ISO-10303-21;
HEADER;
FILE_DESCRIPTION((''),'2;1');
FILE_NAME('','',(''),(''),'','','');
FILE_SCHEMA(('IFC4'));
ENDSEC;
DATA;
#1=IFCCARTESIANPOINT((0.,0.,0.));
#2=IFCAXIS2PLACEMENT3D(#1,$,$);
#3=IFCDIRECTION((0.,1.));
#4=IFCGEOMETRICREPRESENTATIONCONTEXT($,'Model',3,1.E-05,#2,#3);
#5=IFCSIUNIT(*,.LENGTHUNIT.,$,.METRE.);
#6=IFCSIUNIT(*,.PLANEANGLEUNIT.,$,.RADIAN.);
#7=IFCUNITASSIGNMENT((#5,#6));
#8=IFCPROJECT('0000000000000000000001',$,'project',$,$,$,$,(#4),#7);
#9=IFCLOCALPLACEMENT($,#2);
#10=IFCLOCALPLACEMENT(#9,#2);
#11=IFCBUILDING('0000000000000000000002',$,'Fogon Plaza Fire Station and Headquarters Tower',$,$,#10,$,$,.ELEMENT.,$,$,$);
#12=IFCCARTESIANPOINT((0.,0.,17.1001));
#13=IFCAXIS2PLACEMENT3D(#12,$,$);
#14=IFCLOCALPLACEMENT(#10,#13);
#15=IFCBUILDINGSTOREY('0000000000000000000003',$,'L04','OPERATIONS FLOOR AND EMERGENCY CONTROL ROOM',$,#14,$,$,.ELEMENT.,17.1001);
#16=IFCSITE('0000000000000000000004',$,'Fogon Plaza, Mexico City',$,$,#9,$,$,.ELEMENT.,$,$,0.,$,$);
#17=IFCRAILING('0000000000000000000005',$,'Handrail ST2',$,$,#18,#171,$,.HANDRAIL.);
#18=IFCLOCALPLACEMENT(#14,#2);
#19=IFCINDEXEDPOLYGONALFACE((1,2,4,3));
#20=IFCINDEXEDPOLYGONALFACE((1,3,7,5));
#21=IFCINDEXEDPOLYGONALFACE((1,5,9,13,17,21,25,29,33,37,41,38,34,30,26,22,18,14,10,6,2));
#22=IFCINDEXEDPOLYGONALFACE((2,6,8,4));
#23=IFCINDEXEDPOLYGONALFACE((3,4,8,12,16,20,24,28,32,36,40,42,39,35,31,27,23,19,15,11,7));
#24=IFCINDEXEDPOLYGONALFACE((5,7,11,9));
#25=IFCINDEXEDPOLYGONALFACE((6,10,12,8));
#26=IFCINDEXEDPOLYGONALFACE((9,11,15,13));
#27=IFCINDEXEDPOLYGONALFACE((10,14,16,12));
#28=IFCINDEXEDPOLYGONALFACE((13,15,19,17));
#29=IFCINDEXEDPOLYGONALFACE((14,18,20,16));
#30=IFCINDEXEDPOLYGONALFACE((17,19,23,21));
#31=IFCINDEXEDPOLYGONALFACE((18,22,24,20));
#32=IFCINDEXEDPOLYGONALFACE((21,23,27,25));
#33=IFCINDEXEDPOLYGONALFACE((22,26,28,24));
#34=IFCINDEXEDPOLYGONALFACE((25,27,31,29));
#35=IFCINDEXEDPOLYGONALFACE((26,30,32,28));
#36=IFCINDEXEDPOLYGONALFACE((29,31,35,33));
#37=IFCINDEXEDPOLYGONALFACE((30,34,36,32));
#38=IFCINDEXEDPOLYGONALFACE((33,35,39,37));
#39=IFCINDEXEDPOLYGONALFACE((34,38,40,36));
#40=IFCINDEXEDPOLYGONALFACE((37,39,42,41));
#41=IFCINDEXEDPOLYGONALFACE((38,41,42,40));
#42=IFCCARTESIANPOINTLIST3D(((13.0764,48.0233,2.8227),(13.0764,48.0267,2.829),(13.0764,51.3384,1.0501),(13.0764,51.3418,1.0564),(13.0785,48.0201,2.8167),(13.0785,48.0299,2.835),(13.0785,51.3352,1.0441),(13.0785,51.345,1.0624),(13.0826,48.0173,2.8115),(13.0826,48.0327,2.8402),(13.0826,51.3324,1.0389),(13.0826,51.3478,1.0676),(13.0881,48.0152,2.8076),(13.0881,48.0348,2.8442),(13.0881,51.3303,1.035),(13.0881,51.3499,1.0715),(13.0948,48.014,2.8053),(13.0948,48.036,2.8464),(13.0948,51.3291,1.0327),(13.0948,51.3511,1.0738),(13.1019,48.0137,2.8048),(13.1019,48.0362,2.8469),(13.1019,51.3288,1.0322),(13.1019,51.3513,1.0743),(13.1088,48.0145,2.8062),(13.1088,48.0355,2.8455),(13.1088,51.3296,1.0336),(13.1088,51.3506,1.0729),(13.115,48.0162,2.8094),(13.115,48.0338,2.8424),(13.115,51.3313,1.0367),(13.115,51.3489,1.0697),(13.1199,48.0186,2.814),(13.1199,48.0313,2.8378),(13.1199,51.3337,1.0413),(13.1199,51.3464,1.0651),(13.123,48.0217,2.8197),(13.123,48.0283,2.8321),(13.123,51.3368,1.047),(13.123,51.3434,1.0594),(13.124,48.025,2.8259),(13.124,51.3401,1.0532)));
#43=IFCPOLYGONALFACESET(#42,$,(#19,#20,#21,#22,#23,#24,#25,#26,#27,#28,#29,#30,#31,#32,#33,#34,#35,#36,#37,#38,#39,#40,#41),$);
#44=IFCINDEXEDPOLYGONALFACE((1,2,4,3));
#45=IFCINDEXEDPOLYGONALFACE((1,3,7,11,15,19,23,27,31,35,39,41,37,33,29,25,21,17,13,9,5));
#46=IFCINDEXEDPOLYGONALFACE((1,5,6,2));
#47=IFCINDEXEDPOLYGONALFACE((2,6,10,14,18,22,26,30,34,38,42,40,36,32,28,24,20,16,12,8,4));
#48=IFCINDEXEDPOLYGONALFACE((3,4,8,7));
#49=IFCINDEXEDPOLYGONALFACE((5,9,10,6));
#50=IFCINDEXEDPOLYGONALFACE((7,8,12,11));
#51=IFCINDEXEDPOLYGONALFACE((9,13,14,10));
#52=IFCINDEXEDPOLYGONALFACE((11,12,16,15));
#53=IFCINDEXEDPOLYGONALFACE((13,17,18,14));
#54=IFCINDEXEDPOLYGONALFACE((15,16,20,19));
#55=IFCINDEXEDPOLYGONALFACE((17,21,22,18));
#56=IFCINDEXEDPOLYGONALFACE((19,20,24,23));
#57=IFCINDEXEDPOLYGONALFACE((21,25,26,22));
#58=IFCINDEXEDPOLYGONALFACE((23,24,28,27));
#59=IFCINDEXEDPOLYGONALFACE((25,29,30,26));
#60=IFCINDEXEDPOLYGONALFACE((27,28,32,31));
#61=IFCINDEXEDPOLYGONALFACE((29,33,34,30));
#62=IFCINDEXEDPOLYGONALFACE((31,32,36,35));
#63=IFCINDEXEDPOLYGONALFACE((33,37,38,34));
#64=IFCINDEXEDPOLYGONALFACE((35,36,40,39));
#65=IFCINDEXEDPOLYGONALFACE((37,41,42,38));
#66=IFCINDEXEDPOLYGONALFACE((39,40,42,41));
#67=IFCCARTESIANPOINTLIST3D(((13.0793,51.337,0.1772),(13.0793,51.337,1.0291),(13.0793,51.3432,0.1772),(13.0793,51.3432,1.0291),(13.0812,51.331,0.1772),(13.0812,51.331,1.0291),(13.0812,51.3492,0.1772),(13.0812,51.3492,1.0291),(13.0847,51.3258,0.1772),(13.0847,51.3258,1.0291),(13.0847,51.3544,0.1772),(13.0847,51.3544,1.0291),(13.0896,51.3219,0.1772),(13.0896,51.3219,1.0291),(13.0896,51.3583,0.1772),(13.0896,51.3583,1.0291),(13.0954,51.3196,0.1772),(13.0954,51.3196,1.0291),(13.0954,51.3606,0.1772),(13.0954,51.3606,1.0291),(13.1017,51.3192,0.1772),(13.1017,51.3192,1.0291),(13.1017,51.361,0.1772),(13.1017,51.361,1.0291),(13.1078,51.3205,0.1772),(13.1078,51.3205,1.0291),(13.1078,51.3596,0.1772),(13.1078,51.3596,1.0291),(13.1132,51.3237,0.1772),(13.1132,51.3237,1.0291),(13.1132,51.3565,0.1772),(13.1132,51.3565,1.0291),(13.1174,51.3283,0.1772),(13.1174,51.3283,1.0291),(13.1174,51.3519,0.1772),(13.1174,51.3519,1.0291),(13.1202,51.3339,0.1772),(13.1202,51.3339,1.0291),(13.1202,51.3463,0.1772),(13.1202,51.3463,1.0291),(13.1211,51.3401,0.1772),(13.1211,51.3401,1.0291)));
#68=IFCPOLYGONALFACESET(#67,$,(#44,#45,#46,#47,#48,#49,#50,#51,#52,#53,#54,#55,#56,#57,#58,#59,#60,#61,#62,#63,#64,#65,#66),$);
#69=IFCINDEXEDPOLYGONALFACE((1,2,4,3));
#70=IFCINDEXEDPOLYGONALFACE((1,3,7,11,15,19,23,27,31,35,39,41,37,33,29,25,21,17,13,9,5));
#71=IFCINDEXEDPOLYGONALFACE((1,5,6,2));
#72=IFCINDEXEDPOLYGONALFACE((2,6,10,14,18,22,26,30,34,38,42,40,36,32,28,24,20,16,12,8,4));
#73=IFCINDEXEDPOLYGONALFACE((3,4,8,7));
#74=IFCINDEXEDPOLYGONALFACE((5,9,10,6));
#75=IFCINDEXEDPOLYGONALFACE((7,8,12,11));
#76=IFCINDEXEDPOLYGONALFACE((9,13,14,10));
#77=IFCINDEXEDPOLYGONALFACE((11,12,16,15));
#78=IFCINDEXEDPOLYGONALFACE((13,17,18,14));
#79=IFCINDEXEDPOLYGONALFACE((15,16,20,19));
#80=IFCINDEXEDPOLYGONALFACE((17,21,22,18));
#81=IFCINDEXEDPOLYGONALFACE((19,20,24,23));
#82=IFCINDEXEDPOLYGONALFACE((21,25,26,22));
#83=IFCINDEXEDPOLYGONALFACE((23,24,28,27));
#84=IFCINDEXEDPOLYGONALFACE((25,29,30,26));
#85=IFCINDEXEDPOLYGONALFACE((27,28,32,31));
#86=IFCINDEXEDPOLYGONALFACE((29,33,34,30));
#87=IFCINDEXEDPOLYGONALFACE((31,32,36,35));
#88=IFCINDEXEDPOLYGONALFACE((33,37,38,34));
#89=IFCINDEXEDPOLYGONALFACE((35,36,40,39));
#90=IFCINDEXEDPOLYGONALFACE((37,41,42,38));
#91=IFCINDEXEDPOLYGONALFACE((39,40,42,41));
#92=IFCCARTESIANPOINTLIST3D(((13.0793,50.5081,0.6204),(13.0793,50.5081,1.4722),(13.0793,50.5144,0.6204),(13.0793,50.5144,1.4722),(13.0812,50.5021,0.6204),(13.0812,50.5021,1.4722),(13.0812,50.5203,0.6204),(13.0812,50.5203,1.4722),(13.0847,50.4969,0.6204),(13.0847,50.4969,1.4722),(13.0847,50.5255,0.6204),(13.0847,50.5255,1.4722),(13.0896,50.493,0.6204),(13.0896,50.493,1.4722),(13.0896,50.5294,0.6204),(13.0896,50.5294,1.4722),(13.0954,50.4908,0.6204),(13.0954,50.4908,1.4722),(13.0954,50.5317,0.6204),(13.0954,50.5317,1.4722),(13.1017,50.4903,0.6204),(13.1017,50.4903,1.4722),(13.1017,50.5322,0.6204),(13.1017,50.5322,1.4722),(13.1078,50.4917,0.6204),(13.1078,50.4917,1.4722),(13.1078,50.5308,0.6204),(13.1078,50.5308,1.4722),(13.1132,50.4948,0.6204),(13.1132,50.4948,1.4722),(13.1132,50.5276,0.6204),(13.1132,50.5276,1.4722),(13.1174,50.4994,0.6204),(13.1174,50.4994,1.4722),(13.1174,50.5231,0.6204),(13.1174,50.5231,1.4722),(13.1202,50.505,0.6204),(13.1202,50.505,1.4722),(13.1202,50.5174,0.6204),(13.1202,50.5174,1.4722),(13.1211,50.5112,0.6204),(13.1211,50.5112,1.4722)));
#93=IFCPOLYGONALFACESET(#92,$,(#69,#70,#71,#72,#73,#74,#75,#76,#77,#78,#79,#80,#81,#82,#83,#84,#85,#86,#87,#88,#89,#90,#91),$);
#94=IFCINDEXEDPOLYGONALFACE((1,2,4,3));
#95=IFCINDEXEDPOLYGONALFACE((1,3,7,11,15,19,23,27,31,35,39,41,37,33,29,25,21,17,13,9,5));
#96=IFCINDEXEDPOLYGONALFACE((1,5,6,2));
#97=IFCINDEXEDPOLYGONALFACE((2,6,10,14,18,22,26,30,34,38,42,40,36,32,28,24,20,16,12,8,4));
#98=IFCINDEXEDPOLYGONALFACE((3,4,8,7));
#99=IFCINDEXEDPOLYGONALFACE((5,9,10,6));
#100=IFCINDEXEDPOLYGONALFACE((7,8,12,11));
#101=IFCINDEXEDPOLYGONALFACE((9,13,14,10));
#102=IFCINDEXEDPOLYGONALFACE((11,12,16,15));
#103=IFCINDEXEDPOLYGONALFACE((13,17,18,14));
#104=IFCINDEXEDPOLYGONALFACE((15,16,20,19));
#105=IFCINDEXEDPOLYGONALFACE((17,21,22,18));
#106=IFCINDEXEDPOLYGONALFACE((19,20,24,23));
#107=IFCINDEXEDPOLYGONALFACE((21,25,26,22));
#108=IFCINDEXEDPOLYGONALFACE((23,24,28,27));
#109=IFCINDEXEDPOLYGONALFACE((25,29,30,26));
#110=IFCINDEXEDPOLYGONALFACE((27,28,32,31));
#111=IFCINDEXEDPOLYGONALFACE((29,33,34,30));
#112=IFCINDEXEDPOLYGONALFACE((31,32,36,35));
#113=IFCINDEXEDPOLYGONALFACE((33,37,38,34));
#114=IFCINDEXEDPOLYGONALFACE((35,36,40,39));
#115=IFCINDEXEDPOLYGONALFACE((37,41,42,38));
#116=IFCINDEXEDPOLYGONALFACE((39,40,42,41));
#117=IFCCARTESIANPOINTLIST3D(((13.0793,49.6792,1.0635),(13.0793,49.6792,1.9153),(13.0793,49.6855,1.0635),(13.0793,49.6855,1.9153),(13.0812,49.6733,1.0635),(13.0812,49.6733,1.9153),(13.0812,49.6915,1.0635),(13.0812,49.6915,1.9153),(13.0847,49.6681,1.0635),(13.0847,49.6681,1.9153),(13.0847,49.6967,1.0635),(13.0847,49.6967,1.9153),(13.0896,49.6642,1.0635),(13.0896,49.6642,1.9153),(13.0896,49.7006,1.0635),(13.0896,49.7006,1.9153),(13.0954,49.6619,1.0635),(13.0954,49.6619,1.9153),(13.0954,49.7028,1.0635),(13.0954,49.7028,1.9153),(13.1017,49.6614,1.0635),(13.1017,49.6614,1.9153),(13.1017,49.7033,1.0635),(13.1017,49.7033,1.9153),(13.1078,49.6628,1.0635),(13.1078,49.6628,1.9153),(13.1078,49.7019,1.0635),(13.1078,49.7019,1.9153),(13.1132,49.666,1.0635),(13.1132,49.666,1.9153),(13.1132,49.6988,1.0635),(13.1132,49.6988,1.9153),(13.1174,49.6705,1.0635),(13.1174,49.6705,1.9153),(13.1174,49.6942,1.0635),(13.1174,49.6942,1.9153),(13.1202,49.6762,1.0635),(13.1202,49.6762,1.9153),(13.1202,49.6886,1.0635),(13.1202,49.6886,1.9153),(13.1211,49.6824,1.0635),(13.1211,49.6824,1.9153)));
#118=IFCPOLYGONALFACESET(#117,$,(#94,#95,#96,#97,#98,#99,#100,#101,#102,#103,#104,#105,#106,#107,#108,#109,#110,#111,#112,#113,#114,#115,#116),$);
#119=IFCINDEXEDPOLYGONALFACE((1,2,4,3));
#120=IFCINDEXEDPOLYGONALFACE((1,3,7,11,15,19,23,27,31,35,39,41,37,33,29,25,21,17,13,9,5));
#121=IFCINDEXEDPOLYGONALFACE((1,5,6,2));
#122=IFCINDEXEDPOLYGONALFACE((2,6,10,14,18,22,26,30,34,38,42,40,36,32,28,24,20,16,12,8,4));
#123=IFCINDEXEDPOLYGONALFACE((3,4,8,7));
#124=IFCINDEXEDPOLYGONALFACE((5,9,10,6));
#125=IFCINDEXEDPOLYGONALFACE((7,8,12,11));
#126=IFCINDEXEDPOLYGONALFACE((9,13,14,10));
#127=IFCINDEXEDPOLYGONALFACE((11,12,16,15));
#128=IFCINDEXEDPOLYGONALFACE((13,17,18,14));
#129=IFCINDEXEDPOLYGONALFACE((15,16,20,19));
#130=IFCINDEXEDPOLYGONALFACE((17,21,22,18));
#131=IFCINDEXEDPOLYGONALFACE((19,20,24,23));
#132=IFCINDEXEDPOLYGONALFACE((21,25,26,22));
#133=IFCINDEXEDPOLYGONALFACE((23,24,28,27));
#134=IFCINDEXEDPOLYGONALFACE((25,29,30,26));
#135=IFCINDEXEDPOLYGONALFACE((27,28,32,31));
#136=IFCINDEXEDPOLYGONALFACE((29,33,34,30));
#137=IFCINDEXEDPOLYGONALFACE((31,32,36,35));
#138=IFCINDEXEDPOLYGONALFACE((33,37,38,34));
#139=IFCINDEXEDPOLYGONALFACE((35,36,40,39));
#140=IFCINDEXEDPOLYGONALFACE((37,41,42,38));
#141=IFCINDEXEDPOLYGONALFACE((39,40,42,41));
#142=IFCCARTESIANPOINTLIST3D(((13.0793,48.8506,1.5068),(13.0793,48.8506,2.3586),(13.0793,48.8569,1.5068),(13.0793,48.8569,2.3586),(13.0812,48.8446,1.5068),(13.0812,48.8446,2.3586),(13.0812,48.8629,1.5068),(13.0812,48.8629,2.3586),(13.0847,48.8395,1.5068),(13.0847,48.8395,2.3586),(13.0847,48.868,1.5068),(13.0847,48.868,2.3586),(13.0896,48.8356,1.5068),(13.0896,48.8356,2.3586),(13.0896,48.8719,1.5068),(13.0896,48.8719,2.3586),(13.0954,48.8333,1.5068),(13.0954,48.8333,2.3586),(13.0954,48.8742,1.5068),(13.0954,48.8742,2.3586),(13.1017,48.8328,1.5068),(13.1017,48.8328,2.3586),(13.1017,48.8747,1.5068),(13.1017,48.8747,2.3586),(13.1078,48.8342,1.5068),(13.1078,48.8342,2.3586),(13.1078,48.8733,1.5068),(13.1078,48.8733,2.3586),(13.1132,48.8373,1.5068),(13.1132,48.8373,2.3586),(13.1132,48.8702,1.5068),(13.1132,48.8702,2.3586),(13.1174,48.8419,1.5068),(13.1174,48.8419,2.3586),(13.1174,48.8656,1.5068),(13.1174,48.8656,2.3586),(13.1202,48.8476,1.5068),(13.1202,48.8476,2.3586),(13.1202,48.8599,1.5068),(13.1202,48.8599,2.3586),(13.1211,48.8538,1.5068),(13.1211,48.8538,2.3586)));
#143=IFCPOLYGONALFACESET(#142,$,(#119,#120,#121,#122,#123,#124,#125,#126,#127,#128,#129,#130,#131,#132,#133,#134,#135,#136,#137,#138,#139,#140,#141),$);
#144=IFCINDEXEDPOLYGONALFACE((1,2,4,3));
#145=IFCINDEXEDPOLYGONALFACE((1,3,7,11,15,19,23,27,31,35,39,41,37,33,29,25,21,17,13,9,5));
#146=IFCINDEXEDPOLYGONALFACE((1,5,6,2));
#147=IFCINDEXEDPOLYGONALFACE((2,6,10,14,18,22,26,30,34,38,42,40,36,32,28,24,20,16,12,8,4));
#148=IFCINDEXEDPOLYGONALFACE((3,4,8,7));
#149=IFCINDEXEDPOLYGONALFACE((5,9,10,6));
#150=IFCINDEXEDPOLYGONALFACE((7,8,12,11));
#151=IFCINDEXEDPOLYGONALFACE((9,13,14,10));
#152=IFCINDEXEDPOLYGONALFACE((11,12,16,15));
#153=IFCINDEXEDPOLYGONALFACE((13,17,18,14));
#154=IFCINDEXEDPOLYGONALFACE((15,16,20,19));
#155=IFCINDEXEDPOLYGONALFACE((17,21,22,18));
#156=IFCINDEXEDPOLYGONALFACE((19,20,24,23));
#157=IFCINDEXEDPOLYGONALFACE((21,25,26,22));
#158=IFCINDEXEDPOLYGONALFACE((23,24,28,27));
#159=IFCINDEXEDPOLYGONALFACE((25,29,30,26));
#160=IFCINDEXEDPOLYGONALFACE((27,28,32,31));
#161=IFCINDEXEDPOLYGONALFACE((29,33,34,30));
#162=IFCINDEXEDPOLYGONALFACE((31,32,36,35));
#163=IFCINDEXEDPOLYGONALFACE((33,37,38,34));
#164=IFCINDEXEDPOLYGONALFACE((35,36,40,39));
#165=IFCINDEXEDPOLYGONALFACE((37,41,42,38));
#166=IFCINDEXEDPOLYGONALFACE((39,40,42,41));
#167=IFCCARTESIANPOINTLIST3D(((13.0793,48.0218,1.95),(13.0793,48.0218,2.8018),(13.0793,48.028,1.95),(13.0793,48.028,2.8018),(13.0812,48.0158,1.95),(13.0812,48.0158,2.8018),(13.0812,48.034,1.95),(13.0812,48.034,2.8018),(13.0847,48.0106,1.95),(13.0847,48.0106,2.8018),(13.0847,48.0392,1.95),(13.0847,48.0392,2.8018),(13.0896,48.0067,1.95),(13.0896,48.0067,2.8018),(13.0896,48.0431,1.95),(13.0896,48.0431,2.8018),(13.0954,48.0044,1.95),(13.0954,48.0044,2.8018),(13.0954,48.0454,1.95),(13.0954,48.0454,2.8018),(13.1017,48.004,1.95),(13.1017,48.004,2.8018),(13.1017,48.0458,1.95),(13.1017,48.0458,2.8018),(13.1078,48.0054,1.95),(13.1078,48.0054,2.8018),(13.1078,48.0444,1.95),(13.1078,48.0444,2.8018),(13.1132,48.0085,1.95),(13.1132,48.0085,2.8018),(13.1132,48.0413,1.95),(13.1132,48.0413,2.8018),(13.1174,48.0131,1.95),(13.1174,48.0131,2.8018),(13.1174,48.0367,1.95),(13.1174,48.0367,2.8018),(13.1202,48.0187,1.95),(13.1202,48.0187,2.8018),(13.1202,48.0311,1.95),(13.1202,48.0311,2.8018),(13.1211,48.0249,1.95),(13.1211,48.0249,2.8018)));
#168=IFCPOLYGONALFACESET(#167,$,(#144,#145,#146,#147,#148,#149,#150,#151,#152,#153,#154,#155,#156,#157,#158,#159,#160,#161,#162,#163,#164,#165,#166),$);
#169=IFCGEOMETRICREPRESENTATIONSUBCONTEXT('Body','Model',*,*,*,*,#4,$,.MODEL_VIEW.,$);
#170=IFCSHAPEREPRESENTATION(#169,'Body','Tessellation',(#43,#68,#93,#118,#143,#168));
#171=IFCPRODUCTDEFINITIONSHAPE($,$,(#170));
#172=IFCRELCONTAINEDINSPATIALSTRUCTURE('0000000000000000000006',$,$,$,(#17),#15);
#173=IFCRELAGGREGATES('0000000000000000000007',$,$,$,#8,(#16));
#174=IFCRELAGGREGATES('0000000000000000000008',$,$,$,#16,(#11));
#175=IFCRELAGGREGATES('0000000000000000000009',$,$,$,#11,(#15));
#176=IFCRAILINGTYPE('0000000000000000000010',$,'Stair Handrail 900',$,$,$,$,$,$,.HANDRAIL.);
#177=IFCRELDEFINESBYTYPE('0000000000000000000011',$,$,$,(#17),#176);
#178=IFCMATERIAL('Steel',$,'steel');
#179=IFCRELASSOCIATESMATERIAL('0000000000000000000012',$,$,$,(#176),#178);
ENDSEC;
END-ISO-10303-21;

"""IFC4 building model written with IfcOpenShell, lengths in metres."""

from ifc_helpers import new_model, si_unit, direction, frame, origin, origin_2d, place, context, subcontext, project, spatial, circle, extrude, material, type_object, element, save


model = new_model("IFC4")

# Units and contexts
model_context = context("Model", 3, precision=1e-05, world=origin(), true_north=direction((0.0, 1.0)))
body_context = subcontext(model_context, "Body", "Model", "MODEL_VIEW")
ifc_project = project(units=[si_unit("LENGTHUNIT", "METRE"), si_unit("PLANEANGLEUNIT", "RADIAN")], contexts=[model_context])

# Site, building, storey
site_placement = place(None, origin())
site = spatial("IfcSite", under=ifc_project, at=site_placement, Name="Fogon Plaza, Mexico City", CompositionType="ELEMENT", RefElevation=0.0)
building_placement = place(site_placement, origin())
building = spatial("IfcBuilding", under=site, at=building_placement, Name="Fogon Plaza Fire Station and Headquarters Tower", CompositionType="ELEMENT")
storey_placement = place(building_placement, frame((0.0, 0.0, 17.1001)))
storey = spatial("IfcBuildingStorey", under=building, at=storey_placement, Name="L04", Description="OPERATIONS FLOOR AND EMERGENCY CONTROL ROOM", CompositionType="ELEMENT", Elevation=17.1001)

# Railing
ifc_material_1 = material(Name="Steel", Category="steel")
railing_type = type_object("IfcRailingType", Name="Stair Handrail 900", PredefinedType="HANDRAIL", material=ifc_material_1)
for number, where, name in (
    (1, (13.1001, 51.3401, 0.1772), "Handrail ST2"),
):
    element("IfcRailing", number, at=place(storey_placement, frame(where)), inside=storey, type_object=railing_type, Name=name, PredefinedType="HANDRAIL", context=body_context, shape_type="SweptSolid", body=[
        extrude(circle(Radius=0.0239, at=origin_2d()), frame((0.0, 0.0, 0.876), z_axis=(0.0, -0.881844, 0.471542), x_axis=(1.0, 0.0, 0.0)), (0.0, 0.0, 1.0), 3.7593),
        extrude(circle(Radius=0.021, at=origin_2d()), origin(), (0.0, 0.0, 1.0), 0.8518),
        extrude(circle(Radius=0.021, at=origin_2d()), frame((0.0, -0.8289, 0.4431)), (0.0, 0.0, 1.0), 0.8518),
        extrude(circle(Radius=0.021, at=origin_2d()), frame((0.0, -1.6577, 0.8862)), (0.0, 0.0, 1.0), 0.8518),
        extrude(circle(Radius=0.021, at=origin_2d()), frame((0.0, -2.4863, 1.3296)), (0.0, 0.0, 1.0), 0.8518),
        extrude(circle(Radius=0.021, at=origin_2d()), frame((0.0, -3.3152, 1.7727)), (0.0, 0.0, 1.0), 0.8518),
    ])

save(model, "model.ifc")
